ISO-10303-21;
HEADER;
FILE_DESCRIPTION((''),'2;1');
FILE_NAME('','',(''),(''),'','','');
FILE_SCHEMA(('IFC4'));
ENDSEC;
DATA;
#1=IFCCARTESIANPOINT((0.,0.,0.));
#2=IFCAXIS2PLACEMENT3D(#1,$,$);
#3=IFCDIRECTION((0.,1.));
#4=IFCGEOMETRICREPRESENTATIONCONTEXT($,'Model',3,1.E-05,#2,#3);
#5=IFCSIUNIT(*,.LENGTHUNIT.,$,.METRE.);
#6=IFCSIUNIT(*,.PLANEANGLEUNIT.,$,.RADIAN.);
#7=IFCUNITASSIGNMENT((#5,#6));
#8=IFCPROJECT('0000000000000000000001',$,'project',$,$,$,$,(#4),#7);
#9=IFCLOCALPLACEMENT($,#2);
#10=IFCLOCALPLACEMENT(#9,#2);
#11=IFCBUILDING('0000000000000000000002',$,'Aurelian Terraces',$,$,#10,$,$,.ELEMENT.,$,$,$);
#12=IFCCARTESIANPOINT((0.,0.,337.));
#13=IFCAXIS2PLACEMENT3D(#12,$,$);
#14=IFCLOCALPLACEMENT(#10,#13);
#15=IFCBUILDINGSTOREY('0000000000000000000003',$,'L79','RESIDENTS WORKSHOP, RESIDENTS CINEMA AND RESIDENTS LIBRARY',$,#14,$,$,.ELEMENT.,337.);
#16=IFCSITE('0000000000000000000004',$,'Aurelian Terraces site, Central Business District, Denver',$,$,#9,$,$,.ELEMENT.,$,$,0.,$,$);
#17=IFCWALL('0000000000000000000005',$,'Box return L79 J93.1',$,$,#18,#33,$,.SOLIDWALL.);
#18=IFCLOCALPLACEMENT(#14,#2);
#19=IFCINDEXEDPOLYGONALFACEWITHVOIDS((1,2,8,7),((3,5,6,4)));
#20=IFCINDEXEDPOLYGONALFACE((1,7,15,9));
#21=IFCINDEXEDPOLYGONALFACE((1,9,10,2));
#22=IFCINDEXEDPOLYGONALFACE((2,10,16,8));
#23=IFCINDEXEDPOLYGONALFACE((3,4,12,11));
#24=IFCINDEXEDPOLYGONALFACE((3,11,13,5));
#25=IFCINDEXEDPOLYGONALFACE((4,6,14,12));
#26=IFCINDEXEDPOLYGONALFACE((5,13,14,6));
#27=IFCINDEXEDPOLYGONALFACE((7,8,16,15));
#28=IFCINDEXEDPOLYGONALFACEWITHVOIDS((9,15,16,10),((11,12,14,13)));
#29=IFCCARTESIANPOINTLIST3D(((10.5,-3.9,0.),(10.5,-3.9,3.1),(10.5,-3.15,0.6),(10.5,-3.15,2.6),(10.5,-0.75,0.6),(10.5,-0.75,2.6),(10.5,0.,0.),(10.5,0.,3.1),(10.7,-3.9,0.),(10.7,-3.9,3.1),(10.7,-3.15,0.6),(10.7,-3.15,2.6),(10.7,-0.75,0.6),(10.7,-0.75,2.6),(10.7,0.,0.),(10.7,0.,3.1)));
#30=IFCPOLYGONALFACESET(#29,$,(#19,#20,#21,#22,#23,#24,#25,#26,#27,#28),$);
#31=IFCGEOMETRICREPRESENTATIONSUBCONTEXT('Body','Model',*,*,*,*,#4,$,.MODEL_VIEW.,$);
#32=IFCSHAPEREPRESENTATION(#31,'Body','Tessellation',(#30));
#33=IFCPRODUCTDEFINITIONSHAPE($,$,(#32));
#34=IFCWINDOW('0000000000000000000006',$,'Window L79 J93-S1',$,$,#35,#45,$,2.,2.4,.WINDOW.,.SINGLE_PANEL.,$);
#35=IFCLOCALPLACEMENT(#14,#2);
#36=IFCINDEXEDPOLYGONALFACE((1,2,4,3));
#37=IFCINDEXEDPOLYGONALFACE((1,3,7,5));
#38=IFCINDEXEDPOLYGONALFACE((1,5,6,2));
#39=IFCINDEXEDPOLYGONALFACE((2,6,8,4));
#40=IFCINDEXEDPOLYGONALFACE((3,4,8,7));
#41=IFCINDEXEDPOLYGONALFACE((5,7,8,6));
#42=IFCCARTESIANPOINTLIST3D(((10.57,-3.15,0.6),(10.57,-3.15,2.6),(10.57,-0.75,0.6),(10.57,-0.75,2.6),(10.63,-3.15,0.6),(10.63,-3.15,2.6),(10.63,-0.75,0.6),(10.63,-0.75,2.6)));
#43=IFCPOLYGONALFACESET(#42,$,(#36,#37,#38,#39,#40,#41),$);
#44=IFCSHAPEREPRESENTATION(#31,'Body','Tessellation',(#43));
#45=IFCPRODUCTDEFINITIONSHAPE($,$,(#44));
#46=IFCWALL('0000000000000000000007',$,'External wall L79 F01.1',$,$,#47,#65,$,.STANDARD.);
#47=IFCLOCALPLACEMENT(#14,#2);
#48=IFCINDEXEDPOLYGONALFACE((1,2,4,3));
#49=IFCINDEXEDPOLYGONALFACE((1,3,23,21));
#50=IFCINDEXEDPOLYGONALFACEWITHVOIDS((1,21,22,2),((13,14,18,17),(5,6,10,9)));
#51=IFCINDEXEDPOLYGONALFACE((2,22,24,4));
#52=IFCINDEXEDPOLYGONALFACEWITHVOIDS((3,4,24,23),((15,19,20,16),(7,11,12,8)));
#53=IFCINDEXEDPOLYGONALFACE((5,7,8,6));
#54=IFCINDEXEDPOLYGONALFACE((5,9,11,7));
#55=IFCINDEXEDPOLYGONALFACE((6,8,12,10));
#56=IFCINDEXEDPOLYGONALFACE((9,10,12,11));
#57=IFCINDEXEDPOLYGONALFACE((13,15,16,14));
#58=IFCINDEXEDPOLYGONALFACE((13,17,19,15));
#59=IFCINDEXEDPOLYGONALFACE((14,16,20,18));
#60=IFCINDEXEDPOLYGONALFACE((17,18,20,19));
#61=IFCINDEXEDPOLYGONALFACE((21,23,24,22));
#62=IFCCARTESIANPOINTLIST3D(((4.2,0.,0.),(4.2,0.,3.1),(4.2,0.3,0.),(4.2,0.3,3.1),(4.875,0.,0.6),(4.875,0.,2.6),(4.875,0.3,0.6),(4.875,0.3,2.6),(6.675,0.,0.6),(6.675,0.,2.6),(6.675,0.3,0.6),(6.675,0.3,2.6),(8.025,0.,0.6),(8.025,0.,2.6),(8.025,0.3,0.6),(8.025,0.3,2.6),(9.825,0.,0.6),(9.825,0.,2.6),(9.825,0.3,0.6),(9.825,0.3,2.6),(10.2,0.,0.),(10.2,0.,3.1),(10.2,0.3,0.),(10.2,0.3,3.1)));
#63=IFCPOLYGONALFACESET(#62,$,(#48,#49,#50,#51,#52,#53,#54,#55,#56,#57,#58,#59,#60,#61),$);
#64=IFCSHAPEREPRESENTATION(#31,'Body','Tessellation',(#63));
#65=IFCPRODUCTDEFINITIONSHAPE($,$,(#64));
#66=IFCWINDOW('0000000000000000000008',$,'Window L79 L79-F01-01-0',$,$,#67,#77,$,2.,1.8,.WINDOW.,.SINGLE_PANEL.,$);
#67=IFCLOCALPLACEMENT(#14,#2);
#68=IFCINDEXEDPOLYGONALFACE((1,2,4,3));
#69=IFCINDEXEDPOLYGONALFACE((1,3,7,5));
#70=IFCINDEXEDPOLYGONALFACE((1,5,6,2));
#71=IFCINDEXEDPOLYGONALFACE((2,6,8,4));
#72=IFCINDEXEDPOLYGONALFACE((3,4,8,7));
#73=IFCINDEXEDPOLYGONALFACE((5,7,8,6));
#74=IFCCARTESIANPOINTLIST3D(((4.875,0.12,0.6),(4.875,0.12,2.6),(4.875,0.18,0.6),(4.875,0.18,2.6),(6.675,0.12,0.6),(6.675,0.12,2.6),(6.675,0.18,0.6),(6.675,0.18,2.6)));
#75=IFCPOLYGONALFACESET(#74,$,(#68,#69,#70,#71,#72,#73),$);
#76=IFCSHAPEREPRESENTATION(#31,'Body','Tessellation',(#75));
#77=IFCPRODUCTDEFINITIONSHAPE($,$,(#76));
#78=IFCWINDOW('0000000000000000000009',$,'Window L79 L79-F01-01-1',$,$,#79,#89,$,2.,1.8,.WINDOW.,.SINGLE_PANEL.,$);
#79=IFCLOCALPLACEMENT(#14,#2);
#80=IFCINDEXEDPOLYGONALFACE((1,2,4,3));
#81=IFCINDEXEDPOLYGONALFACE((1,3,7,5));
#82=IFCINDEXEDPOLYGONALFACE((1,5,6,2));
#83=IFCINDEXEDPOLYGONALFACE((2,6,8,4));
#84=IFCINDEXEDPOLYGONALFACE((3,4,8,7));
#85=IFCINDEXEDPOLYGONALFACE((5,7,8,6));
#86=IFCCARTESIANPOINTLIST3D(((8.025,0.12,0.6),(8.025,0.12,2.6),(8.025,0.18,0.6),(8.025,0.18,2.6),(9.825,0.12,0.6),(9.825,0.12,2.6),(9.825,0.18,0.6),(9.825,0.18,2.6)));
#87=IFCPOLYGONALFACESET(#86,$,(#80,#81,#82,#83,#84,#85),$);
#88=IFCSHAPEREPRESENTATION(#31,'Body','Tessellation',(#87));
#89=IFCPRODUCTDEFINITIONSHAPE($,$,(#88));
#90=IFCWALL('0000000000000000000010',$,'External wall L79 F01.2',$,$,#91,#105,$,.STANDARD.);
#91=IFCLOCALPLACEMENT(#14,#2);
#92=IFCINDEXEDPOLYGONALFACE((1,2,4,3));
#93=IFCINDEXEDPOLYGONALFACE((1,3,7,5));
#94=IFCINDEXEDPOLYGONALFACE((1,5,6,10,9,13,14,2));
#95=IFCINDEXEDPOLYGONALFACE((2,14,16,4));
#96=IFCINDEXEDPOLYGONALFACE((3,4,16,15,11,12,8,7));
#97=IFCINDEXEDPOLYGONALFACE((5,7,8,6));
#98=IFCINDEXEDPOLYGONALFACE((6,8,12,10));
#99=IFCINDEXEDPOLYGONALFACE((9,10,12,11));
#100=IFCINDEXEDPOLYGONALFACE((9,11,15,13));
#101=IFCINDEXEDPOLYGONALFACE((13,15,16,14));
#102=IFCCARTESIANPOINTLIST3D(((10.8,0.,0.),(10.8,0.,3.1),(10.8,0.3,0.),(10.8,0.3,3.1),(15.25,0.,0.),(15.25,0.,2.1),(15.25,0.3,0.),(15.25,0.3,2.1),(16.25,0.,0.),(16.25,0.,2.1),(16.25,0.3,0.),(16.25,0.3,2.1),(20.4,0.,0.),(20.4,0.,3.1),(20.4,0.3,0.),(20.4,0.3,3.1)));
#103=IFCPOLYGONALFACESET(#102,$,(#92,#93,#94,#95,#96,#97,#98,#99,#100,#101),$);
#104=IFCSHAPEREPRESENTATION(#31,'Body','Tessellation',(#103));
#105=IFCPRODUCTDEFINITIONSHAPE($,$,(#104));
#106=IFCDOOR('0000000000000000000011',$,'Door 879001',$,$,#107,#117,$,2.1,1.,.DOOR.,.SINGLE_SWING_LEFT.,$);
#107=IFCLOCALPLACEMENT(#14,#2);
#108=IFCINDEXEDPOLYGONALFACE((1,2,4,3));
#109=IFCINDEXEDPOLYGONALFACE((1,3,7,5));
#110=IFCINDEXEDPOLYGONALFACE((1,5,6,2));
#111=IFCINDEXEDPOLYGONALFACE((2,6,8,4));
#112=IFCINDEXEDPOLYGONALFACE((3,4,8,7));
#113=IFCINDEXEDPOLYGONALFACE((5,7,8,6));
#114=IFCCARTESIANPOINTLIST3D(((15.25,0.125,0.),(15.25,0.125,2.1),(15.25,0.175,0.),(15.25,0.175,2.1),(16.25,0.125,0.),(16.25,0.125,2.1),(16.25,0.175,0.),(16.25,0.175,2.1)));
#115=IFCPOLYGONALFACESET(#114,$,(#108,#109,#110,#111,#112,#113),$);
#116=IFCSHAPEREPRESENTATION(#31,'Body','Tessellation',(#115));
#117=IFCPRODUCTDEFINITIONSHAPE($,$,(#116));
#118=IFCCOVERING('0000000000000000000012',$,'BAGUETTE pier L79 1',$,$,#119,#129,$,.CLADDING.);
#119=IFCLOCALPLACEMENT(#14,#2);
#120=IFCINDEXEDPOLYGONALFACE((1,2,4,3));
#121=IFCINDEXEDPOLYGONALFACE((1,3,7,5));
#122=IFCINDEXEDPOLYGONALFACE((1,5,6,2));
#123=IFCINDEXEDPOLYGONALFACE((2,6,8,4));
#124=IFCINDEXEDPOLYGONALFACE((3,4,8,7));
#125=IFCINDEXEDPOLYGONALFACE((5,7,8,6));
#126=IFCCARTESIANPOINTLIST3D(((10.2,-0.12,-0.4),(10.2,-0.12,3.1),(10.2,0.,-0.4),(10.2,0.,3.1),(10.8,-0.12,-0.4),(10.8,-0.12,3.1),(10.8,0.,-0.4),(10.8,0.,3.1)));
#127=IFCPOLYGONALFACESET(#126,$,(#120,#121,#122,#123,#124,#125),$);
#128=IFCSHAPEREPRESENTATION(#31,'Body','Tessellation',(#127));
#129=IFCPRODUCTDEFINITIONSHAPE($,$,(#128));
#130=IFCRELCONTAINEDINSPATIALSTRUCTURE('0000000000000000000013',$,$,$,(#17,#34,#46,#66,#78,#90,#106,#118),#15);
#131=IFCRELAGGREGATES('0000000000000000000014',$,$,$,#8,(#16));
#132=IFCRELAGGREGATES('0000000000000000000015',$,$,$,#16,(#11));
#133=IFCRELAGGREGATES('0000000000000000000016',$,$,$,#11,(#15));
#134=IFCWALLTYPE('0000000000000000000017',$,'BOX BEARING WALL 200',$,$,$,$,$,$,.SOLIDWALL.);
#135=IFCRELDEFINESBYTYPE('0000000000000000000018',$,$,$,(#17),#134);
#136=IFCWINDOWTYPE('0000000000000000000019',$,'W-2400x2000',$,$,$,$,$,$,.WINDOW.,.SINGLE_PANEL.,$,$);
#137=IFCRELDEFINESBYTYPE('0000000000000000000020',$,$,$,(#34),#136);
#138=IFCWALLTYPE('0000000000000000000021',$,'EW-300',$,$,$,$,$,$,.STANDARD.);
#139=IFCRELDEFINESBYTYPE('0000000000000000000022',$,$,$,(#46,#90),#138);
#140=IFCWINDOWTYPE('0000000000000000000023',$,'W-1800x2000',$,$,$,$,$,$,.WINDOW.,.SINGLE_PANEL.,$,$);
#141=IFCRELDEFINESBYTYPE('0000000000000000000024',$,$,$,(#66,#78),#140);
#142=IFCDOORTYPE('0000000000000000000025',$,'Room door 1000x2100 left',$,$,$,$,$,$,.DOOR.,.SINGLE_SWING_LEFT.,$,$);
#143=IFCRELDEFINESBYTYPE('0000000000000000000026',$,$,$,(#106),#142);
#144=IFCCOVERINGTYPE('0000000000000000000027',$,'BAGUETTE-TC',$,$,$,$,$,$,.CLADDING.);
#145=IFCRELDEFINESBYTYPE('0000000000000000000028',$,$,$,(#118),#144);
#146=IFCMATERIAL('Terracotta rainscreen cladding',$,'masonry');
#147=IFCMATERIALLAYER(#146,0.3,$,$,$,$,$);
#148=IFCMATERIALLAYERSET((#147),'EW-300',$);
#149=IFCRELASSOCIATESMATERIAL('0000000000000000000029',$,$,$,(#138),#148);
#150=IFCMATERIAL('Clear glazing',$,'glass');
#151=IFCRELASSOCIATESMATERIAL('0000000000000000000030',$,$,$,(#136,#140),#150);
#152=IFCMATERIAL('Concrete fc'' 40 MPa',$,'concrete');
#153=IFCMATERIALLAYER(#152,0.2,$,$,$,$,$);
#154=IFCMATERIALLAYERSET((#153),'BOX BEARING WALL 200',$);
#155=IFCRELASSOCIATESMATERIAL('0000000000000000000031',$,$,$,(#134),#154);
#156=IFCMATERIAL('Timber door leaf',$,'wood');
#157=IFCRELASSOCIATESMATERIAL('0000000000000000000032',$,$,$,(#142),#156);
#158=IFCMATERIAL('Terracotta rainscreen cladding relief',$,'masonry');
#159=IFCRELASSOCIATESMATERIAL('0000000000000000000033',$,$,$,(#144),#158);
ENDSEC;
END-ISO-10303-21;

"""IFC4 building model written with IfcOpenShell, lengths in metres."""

from ifc_helpers import new_model, si_unit, direction, frame, frame_2d, origin, origin_2d, place, context, subcontext, project, spatial, rectangle, extrude, source, transform, mapped, material, layer, layer_set, type_object, element, fill, save


model = new_model("IFC4")

# Units and contexts
model_context = context("Model", 3, precision=1e-05, world=origin(), true_north=direction((0.0, 1.0)))
body_context = subcontext(model_context, "Body", "Model", "MODEL_VIEW")
ifc_project = project(units=[si_unit("LENGTHUNIT", "METRE"), si_unit("PLANEANGLEUNIT", "RADIAN")], contexts=[model_context])

# Site, building, storey
site_placement = place(None, origin())
site = spatial("IfcSite", under=ifc_project, at=site_placement, Name="Aurelian Terraces site, Central Business District, Denver", CompositionType="ELEMENT", RefElevation=0.0)
building_placement = place(site_placement, origin())
building = spatial("IfcBuilding", under=site, at=building_placement, Name="Aurelian Terraces", CompositionType="ELEMENT")
storey_placement = place(building_placement, frame((0.0, 0.0, 337.0)))
storey = spatial("IfcBuildingStorey", under=building, at=storey_placement, Name="L79", Description="RESIDENTS WORKSHOP, RESIDENTS CINEMA AND RESIDENTS LIBRARY", CompositionType="ELEMENT", Elevation=337.0)

# Shared definitions
ifc_material_1 = material(Name="Concrete fc' 40 MPa", Category="concrete")

# Shared definitions
ifc_material_2 = material(Name="Clear glazing", Category="glass")

# Wall, opening, window
ifc_material_3 = material(Name="Terracotta rainscreen cladding", Category="masonry")
ifc_layer_1 = layer(ifc_material_3, 0.3)
ifc_layer_set_1 = layer_set([ifc_layer_1], Name="EW-300")
wall_type_1 = type_object("IfcWallType", Name="EW-300", PredefinedType="STANDARD", material=ifc_layer_set_1)
window_type_1 = type_object("IfcWindowType", Name="W-2400x2000", PartitioningType="SINGLE_PANEL", PredefinedType="WINDOW", material=ifc_material_2)
shared_shape_1 = source(origin(), body_context, "Body", "SweptSolid", [
    extrude(rectangle(XDim=2.4, YDim=2.0, at=frame_2d((1.2, 1.0))), frame((0.0, 0.03, 0.0), z_axis=(0.0, -1.0, 0.0), x_axis=(1.0, 0.0, 0.0)), (0.0, 0.0, 1.0), 0.06),
])
ifc_layer_2 = layer(ifc_material_1, 0.2)
ifc_layer_set_2 = layer_set([ifc_layer_2], Name="BOX BEARING WALL 200")
wall_type_2 = type_object("IfcWallType", Name="BOX BEARING WALL 200", PredefinedType="SOLIDWALL", material=ifc_layer_set_2)
shared_shape_2 = source(origin(), body_context, "Body", "SweptSolid", [
    extrude(rectangle(XDim=3.9, YDim=0.2, at=frame_2d((1.95, 0.0))), origin(), (0.0, 0.0, 1.0), 3.1),
])
wall_1_placement = place(storey_placement, frame((10.6, 0.0, 0.0), z_axis=(0.0, 0.0, 1.0), x_axis=(0.0, -1.0, 0.0)))
wall_1 = element("IfcWall", 1, at=wall_1_placement, inside=storey, type_object=wall_type_2, Name="Box return L79 J93.1", PredefinedType="SOLIDWALL", context=body_context, shape_type="MappedRepresentation", body=[
    mapped(shared_shape_2, transform((0.0, 0.0, 0.0), scale=1.0)),
])
shared_shape_3 = source(origin(), body_context, "Body", "SweptSolid", [
    extrude(rectangle(XDim=2.4, YDim=2.0, at=frame_2d((1.2, 1.0))), frame((0.0, 0.11, 0.0), z_axis=(0.0, -1.0, 0.0), x_axis=(1.0, 0.0, 0.0)), (0.0, 0.0, 1.0), 0.22),
])
opening_1_placement = place(wall_1_placement, frame((0.75, 0.0, 0.6)))
opening_1 = element("IfcOpeningElement", 2, at=opening_1_placement, cuts=wall_1, PredefinedType="OPENING", context=body_context, shape_type="MappedRepresentation", body=[
    mapped(shared_shape_3, transform((0.0, 0.0, 0.0), scale=1.0)),
])
window_1_placement = place(opening_1_placement, origin())
window_1 = element("IfcWindow", 3, at=window_1_placement, inside=storey, type_object=window_type_1, Name="Window L79 J93-S1", OverallHeight=2.0, OverallWidth=2.4, PartitioningType="SINGLE_PANEL", PredefinedType="WINDOW", context=body_context, shape_type="MappedRepresentation", body=[
    mapped(shared_shape_1, transform((0.0, 0.0, 0.0), scale=1.0)),
])
fill(opening_1, window_1)

# Wall, openings, windows
shared_shape_4 = source(origin(), body_context, "Body", "SweptSolid", [
    extrude(rectangle(XDim=6.0, YDim=0.3, at=frame_2d((3.0, 0.0))), origin(), (0.0, 0.0, 1.0), 3.1),
])
wall_2_placement = place(storey_placement, frame((4.2, 0.15, 0.0), z_axis=(0.0, 0.0, 1.0), x_axis=(1.0, 0.0, 0.0)))
wall_2 = element("IfcWall", 4, at=wall_2_placement, inside=storey, type_object=wall_type_1, Name="External wall L79 F01.1", PredefinedType="STANDARD", context=body_context, shape_type="MappedRepresentation", body=[
    mapped(shared_shape_4, transform((0.0, 0.0, 0.0), scale=1.0)),
])
shared_shape_5 = source(origin(), body_context, "Body", "SweptSolid", [
    extrude(rectangle(XDim=1.8, YDim=2.0, at=frame_2d((0.9, 1.0))), frame((0.0, 0.16, 0.0), z_axis=(0.0, -1.0, 0.0), x_axis=(1.0, 0.0, 0.0)), (0.0, 0.0, 1.0), 0.32),
])
opening_2_placement = place(wall_2_placement, frame((0.675, 0.0, 0.6)))
opening_2 = element("IfcOpeningElement", 5, at=opening_2_placement, cuts=wall_2, PredefinedType="OPENING", context=body_context, shape_type="MappedRepresentation", body=[
    mapped(shared_shape_5, transform((0.0, 0.0, 0.0), scale=1.0)),
])
opening_3_placement = place(wall_2_placement, frame((3.825, 0.0, 0.6)))
opening_3 = element("IfcOpeningElement", 6, at=opening_3_placement, cuts=wall_2, PredefinedType="OPENING", context=body_context, shape_type="MappedRepresentation", body=[
    mapped(shared_shape_5, transform((0.0, 0.0, 0.0), scale=1.0)),
])
window_type_2 = type_object("IfcWindowType", Name="W-1800x2000", PartitioningType="SINGLE_PANEL", PredefinedType="WINDOW", material=ifc_material_2)
shared_shape_6 = source(origin(), body_context, "Body", "SweptSolid", [
    extrude(rectangle(XDim=1.8, YDim=2.0, at=frame_2d((0.9, 1.0))), frame((0.0, 0.03, 0.0), z_axis=(0.0, -1.0, 0.0), x_axis=(1.0, 0.0, 0.0)), (0.0, 0.0, 1.0), 0.06),
])
window_2_placement = place(opening_2_placement, origin())
window_2 = element("IfcWindow", 7, at=window_2_placement, inside=storey, type_object=window_type_2, Name="Window L79 L79-F01-01-0", OverallHeight=2.0, OverallWidth=1.8, PartitioningType="SINGLE_PANEL", PredefinedType="WINDOW", context=body_context, shape_type="MappedRepresentation", body=[
    mapped(shared_shape_6, transform((0.0, 0.0, 0.0), scale=1.0)),
])
fill(opening_2, window_2)
window_3_placement = place(opening_3_placement, origin())
window_3 = element("IfcWindow", 8, at=window_3_placement, inside=storey, type_object=window_type_2, Name="Window L79 L79-F01-01-1", OverallHeight=2.0, OverallWidth=1.8, PartitioningType="SINGLE_PANEL", PredefinedType="WINDOW", context=body_context, shape_type="MappedRepresentation", body=[
    mapped(shared_shape_6, transform((0.0, 0.0, 0.0), scale=1.0)),
])
fill(opening_3, window_3)

# Wall, opening, door
shared_shape_7 = source(origin(), body_context, "Body", "SweptSolid", [
    extrude(rectangle(XDim=9.6, YDim=0.3, at=frame_2d((4.8, 0.0))), origin(), (0.0, 0.0, 1.0), 3.1),
])
wall_3_placement = place(storey_placement, frame((10.8, 0.15, 0.0), z_axis=(0.0, 0.0, 1.0), x_axis=(1.0, 0.0, 0.0)))
wall_3 = element("IfcWall", 9, at=wall_3_placement, inside=storey, type_object=wall_type_1, Name="External wall L79 F01.2", PredefinedType="STANDARD", context=body_context, shape_type="MappedRepresentation", body=[
    mapped(shared_shape_7, transform((0.0, 0.0, 0.0), scale=1.0)),
])
shared_shape_8 = source(origin(), body_context, "Body", "SweptSolid", [
    extrude(rectangle(XDim=1.0, YDim=2.1, at=frame_2d((0.5, 1.05))), frame((0.0, 0.16, 0.0), z_axis=(0.0, -1.0, 0.0), x_axis=(1.0, 0.0, 0.0)), (0.0, 0.0, 1.0), 0.32),
])
opening_4_placement = place(wall_3_placement, frame((4.45, 0.0, 0.0)))
opening_4 = element("IfcOpeningElement", 10, at=opening_4_placement, cuts=wall_3, PredefinedType="OPENING", context=body_context, shape_type="MappedRepresentation", body=[
    mapped(shared_shape_8, transform((0.0, 0.0, 0.0), scale=1.0)),
])
ifc_material_4 = material(Name="Timber door leaf", Category="wood")
door_type_1 = type_object("IfcDoorType", Name="Room door 1000x2100 left", OperationType="SINGLE_SWING_LEFT", PredefinedType="DOOR", material=ifc_material_4)
shared_shape_9 = source(origin(), body_context, "Body", "SweptSolid", [
    extrude(rectangle(XDim=1.0, YDim=2.1, at=frame_2d((0.5, 1.05))), frame((0.0, 0.025, 0.0), z_axis=(0.0, -1.0, 0.0), x_axis=(1.0, 0.0, 0.0)), (0.0, 0.0, 1.0), 0.05),
])
door_1_placement = place(opening_4_placement, origin())
door_1 = element("IfcDoor", 11, at=door_1_placement, inside=storey, type_object=door_type_1, Name="Door 879001", OperationType="SINGLE_SWING_LEFT", OverallHeight=2.1, OverallWidth=1.0, PredefinedType="DOOR", context=body_context, shape_type="MappedRepresentation", body=[
    mapped(shared_shape_9, transform((0.0, 0.0, 0.0), scale=1.0)),
])
fill(opening_4, door_1)

# Covering
ifc_material_5 = material(Name="Terracotta rainscreen cladding relief", Category="masonry")
covering_type = type_object("IfcCoveringType", Name="BAGUETTE-TC", PredefinedType="CLADDING", material=ifc_material_5)
shared_shape_10 = source(origin(), body_context, "Body", "SweptSolid", [
    extrude(rectangle(XDim=0.6, YDim=0.12, at=origin_2d()), origin(), (0.0, 0.0, 1.0), 3.5),
])
covering_placement = place(storey_placement, frame((10.5, -0.06, -0.4), z_axis=(0.0, 0.0, 1.0), x_axis=(1.0, 0.0, 0.0)))
element("IfcCovering", 12, at=covering_placement, inside=storey, type_object=covering_type, Name="BAGUETTE pier L79 1", PredefinedType="CLADDING", context=body_context, shape_type="MappedRepresentation", body=[
    mapped(shared_shape_10, transform((0.0, 0.0, 0.0), scale=1.0)),
])

save(model, "model.ifc")
